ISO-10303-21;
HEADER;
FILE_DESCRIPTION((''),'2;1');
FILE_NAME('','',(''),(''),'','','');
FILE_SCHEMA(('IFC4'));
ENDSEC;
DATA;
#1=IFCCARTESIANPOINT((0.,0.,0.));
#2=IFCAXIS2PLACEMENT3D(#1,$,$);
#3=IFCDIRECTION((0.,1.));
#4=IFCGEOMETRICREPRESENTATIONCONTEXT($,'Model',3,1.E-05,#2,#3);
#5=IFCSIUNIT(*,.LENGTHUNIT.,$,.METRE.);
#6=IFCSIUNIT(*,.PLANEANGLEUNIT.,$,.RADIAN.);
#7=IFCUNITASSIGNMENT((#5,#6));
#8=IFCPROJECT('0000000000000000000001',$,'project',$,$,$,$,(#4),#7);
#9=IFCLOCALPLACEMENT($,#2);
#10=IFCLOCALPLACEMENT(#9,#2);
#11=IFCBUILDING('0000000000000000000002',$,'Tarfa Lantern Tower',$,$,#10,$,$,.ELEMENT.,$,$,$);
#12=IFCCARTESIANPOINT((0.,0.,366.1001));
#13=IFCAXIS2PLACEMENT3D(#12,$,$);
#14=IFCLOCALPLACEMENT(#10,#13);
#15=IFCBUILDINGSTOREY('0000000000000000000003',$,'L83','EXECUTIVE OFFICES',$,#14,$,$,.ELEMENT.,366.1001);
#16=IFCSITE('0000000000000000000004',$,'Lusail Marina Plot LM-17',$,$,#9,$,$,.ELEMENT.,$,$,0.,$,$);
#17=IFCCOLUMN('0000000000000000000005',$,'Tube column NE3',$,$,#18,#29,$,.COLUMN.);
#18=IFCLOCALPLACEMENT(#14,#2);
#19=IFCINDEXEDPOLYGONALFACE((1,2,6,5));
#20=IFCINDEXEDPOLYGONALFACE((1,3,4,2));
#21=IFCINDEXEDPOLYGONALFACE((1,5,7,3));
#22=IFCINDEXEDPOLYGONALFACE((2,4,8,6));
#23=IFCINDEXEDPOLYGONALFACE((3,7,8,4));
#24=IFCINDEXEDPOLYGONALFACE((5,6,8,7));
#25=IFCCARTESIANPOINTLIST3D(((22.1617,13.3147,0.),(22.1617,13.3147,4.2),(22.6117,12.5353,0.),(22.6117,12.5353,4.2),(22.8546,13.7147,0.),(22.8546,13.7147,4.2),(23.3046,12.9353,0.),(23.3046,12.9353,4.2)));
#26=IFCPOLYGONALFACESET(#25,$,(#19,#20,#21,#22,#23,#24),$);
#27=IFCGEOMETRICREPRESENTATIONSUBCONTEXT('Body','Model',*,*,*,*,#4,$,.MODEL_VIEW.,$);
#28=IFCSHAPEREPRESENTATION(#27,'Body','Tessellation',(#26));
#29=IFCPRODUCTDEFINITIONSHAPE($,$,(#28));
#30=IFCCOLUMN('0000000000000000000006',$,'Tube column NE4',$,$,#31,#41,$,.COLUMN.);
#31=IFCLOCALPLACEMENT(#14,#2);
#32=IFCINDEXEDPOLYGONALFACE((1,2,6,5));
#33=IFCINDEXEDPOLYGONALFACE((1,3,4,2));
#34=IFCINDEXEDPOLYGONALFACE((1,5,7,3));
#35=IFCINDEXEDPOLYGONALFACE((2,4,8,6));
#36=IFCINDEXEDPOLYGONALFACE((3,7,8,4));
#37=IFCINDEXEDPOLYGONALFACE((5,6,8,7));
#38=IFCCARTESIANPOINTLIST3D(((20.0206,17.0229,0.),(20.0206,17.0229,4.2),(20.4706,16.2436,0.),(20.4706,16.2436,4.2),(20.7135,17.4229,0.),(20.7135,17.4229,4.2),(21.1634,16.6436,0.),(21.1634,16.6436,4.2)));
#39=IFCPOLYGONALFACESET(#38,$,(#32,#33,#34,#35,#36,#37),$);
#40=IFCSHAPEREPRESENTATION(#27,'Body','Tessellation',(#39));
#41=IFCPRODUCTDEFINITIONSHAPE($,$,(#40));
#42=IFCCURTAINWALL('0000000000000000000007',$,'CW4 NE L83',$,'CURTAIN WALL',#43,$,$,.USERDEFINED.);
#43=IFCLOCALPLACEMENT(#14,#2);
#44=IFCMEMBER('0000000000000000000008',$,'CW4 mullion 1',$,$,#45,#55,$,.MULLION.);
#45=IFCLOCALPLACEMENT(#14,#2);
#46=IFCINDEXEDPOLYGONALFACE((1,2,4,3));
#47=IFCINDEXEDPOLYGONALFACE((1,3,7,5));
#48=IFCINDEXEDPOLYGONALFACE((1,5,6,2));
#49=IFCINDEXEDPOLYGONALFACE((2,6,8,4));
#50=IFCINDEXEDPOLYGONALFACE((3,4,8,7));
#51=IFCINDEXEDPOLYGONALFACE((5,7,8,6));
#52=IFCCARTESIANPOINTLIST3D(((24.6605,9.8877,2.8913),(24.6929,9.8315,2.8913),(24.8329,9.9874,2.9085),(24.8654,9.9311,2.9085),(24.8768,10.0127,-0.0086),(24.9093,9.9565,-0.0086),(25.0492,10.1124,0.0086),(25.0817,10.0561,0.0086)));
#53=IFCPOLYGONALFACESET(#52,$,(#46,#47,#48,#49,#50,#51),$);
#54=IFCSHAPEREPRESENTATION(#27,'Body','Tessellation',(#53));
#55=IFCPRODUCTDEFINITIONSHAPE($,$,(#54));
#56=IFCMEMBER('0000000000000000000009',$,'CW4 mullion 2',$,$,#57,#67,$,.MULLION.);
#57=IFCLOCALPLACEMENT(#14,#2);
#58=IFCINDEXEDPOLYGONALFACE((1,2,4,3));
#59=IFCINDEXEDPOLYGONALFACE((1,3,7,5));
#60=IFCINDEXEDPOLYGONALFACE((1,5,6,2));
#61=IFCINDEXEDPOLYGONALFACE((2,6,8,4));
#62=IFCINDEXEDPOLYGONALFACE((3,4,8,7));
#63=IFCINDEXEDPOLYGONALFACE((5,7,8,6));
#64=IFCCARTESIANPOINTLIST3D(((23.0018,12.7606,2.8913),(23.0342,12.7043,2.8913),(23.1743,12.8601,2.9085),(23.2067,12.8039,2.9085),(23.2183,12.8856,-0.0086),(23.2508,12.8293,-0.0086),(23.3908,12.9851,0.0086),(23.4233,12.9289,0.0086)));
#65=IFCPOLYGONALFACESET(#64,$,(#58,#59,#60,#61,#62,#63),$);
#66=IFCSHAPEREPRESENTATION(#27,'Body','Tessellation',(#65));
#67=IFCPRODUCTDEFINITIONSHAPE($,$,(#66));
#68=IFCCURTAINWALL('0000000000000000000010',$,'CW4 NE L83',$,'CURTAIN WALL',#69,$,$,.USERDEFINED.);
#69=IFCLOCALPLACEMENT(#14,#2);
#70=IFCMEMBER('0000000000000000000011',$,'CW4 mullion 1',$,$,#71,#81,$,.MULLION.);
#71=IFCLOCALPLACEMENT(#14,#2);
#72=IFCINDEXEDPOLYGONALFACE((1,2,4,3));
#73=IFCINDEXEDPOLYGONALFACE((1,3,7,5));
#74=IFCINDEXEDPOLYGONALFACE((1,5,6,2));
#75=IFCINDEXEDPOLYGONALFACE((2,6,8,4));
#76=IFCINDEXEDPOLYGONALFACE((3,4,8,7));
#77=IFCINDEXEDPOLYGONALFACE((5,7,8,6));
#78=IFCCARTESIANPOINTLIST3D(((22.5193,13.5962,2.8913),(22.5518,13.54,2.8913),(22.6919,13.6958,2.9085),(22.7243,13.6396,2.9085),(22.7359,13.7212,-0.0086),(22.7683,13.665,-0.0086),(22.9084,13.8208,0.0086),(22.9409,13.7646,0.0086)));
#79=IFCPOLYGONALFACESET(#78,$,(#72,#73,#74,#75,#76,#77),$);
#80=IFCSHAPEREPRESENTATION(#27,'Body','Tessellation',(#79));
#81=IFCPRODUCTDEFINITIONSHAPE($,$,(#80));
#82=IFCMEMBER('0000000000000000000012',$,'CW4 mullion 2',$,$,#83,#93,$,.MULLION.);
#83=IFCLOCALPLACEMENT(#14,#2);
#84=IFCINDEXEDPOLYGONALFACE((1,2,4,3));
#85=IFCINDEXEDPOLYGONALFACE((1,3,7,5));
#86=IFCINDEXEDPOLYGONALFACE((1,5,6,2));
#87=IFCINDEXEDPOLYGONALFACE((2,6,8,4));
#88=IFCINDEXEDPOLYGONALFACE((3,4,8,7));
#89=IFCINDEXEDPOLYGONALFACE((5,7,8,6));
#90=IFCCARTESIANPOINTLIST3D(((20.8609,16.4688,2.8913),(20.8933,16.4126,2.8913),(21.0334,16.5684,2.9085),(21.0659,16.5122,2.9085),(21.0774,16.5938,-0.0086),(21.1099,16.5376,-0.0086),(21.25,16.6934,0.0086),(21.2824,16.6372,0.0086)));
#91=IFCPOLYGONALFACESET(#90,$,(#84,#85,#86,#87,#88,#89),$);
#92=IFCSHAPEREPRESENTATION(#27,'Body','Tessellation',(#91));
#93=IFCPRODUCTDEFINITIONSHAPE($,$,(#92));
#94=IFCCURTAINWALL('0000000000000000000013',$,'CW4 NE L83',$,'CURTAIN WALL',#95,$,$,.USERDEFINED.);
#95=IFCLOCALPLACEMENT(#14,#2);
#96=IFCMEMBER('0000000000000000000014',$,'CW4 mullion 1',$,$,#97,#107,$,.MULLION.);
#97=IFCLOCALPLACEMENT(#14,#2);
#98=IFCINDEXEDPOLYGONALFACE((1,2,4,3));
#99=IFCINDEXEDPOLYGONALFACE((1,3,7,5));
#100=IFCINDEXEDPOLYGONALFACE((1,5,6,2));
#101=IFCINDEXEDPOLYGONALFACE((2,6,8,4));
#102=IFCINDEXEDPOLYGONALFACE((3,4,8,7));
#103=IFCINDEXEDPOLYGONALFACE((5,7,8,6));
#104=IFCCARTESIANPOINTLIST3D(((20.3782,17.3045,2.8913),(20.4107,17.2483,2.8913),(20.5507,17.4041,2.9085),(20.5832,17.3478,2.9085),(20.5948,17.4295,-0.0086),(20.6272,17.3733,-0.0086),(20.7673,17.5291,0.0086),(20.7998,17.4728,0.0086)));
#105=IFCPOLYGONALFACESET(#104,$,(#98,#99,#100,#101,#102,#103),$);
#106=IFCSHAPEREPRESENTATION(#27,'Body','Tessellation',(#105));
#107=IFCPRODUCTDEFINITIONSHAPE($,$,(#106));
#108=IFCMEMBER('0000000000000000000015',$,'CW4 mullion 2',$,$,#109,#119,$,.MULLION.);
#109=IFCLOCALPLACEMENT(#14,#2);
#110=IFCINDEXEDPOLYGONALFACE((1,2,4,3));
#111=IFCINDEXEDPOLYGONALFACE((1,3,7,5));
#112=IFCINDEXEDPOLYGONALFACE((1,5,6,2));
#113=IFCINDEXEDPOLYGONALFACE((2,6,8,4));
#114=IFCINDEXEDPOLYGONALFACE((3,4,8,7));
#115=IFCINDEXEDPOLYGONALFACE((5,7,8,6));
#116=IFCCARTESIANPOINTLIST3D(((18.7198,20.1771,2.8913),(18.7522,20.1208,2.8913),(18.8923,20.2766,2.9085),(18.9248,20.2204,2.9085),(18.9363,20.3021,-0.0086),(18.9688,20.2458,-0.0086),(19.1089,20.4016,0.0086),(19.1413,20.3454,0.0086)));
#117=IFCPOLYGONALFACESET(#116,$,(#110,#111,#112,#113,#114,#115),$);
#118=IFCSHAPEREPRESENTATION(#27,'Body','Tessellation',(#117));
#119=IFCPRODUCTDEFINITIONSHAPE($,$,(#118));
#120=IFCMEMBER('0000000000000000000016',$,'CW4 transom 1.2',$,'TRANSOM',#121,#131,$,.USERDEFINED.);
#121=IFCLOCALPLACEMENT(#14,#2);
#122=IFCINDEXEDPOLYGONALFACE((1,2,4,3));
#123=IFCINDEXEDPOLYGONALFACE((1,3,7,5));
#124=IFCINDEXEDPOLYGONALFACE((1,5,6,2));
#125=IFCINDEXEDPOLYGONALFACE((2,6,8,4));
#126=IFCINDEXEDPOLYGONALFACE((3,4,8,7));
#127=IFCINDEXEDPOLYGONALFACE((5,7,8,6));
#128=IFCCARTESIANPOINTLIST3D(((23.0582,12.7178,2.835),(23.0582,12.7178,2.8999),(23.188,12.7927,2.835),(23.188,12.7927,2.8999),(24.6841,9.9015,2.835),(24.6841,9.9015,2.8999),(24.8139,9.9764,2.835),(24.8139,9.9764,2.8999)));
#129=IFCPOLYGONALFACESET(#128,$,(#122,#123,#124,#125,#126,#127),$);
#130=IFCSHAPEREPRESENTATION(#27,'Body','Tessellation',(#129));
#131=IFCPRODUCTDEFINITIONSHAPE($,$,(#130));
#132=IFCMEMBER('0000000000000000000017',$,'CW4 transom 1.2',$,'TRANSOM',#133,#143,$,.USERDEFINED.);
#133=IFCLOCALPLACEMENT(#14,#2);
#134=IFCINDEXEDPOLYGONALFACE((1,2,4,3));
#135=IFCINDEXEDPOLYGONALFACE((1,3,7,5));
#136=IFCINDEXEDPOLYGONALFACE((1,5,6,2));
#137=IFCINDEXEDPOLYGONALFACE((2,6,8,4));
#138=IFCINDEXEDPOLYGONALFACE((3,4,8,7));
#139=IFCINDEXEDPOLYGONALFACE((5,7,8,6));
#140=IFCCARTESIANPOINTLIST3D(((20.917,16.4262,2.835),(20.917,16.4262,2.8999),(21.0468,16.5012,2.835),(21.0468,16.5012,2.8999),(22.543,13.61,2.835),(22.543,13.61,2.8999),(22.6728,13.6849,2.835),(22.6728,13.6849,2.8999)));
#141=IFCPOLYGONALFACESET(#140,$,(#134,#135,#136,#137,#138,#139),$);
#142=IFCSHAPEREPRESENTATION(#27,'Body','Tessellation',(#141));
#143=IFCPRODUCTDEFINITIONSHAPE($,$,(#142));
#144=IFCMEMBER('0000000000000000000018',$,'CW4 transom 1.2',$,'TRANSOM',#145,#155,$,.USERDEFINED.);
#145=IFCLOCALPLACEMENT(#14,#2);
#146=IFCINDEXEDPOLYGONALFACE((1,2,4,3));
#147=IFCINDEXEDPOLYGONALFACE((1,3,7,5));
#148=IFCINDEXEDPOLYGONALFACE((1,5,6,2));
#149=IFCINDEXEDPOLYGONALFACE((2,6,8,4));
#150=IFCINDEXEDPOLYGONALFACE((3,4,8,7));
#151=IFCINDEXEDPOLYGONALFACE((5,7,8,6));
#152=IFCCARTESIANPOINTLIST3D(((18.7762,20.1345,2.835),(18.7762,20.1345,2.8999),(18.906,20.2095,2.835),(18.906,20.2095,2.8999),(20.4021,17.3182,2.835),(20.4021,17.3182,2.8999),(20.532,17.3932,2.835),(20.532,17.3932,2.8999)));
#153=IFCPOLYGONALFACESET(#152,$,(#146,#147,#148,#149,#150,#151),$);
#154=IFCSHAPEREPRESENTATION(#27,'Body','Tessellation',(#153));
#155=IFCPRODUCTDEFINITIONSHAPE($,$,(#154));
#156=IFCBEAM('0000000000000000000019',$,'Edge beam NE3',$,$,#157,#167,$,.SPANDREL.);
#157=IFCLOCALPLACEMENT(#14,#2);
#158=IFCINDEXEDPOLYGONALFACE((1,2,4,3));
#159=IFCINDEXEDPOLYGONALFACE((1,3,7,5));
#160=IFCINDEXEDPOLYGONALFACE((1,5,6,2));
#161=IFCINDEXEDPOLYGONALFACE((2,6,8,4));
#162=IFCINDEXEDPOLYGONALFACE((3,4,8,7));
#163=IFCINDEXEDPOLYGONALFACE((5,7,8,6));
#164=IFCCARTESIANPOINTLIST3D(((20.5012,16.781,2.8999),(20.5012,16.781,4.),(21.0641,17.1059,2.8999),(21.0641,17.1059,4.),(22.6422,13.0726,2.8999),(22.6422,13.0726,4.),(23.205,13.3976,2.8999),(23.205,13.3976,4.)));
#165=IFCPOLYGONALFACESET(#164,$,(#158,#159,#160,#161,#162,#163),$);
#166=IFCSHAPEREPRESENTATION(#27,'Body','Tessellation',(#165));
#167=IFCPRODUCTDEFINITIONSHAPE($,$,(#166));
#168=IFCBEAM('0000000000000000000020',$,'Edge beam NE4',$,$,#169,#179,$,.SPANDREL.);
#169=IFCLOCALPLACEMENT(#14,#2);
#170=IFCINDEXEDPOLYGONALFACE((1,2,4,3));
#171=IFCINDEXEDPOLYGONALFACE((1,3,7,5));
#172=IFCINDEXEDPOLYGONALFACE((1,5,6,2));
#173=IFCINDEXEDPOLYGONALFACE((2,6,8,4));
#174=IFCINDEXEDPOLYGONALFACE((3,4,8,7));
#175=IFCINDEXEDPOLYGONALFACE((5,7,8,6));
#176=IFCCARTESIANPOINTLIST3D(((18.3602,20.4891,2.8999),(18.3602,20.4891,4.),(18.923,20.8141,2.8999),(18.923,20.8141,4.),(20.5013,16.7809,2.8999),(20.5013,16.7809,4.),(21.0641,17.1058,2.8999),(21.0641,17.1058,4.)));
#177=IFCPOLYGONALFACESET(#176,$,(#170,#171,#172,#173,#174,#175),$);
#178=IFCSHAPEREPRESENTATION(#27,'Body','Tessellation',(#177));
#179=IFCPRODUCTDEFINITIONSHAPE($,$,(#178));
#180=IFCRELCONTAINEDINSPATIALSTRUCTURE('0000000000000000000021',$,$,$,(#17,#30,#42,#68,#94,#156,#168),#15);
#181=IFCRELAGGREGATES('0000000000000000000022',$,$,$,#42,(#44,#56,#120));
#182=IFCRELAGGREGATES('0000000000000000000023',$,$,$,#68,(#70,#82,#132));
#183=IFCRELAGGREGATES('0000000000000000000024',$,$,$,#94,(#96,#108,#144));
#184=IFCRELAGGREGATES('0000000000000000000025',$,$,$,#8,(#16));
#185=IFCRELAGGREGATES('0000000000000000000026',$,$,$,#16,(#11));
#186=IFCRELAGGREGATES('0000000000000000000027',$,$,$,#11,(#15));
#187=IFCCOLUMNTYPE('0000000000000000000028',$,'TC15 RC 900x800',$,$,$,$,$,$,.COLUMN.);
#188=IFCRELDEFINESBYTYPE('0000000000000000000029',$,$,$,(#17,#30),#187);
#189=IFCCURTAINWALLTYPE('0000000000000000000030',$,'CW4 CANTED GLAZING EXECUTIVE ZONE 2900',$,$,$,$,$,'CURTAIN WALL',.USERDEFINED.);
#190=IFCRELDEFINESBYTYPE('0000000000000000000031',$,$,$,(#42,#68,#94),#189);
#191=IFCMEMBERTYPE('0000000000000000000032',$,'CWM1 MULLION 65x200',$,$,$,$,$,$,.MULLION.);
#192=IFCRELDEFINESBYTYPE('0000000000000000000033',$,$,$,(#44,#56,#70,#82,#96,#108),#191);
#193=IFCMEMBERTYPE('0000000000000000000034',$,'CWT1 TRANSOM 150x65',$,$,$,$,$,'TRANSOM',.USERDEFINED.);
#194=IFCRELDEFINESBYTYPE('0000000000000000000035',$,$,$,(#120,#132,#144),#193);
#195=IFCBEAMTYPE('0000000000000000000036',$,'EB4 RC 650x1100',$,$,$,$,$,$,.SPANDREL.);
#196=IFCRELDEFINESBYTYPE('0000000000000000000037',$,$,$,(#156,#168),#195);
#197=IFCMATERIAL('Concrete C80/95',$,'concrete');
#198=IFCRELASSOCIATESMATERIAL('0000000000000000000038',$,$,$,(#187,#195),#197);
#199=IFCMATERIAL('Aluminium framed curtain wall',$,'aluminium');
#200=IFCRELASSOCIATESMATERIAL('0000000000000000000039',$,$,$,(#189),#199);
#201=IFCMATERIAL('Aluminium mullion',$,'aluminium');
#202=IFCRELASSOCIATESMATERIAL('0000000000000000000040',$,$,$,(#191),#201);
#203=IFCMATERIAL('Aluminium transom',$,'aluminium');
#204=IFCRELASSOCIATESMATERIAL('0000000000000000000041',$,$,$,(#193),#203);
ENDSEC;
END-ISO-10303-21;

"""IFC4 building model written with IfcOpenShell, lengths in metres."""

from ifc_helpers import new_model, si_unit, direction, frame, origin, origin_2d, place, context, subcontext, project, spatial, rectangle, extrude, material, material_profile, profile_set, type_object, element, aggregate, save


model = new_model("IFC4")

# Units and contexts
model_context = context("Model", 3, precision=1e-05, world=origin(), true_north=direction((0.0, 1.0)))
body_context = subcontext(model_context, "Body", "Model", "MODEL_VIEW")
ifc_project = project(units=[si_unit("LENGTHUNIT", "METRE"), si_unit("PLANEANGLEUNIT", "RADIAN")], contexts=[model_context])

# Site, building, storey
site_placement = place(None, origin())
site = spatial("IfcSite", under=ifc_project, at=site_placement, Name="Lusail Marina Plot LM-17", CompositionType="ELEMENT", RefElevation=0.0)
building_placement = place(site_placement, origin())
building = spatial("IfcBuilding", under=site, at=building_placement, Name="Tarfa Lantern Tower", CompositionType="ELEMENT")
storey_placement = place(building_placement, frame((0.0, 0.0, 366.1001)))
storey = spatial("IfcBuildingStorey", under=building, at=storey_placement, Name="L83", Description="EXECUTIVE OFFICES", CompositionType="ELEMENT", Elevation=366.1001)

# Columns
ifc_material_1 = material(Name="Concrete C80/95", Category="concrete")
ifc_material_profile_1 = material_profile(ifc_material_1, rectangle(XDim=0.8999, YDim=0.8, at=origin_2d()), Name="RC 900x800")
ifc_profile_set_1 = profile_set([ifc_material_profile_1], Name="Concrete C80/95")
column_type = type_object("IfcColumnType", Name="TC15 RC 900x800", PredefinedType="COLUMN", material=ifc_profile_set_1)
for number, where, z_axis, x_axis, name in (
    (1, (22.7332, 13.125, 0.0), (0.0, 0.0, 1.0), (-0.5, 0.866025, 0.0), "Tube column NE3"),
    (2, (20.592, 16.8333, 0.0), (0.0, 0.0, 1.0), (-0.5, 0.866025, 0.0), "Tube column NE4"),
):
    element("IfcColumn", number, at=place(storey_placement, frame(where, z_axis=z_axis, x_axis=x_axis)), inside=storey, type_object=column_type, Name=name, PredefinedType="COLUMN", context=body_context, shape_type="SweptSolid", body=[
        extrude(rectangle(XDim=0.8999, YDim=0.8, at=origin_2d()), origin(), (0.0, 0.0, 1.0), 4.2),
    ])

# Curtain walls, members
ifc_material_2 = material(Name="Aluminium framed curtain wall", Category="aluminium")
curtain_wall_type = type_object("IfcCurtainWallType", Name="CW4 CANTED GLAZING EXECUTIVE ZONE 2900", ElementType="CURTAIN WALL", PredefinedType="USERDEFINED", material=ifc_material_2)
curtain_wall_1_placement = place(storey_placement, origin())
curtain_wall_1 = element("IfcCurtainWall", 3, at=curtain_wall_1_placement, inside=storey, type_object=curtain_wall_type, Name="CW4 NE L83", ObjectType="CURTAIN WALL", PredefinedType="USERDEFINED")
ifc_material_3 = material(Name="Aluminium mullion", Category="aluminium")
ifc_material_profile_2 = material_profile(ifc_material_3, rectangle(XDim=0.0649, YDim=0.2, at=origin_2d()), Name="AL MULLION 65x200")
ifc_profile_set_2 = profile_set([ifc_material_profile_2], Name="Aluminium mullion")
member_type_1 = type_object("IfcMemberType", Name="CWM1 MULLION 65x200", PredefinedType="MULLION", material=ifc_profile_set_2)
member_1_placement = place(storey_placement, frame((24.9792, 10.0344, 0.0), z_axis=(-0.074316, -0.042946, 0.99631), x_axis=(0.500343, -0.865827, 0.0)))
member_1 = element("IfcMember", 4, at=member_1_placement, type_object=member_type_1, Name="CW4 mullion 1", PredefinedType="MULLION", context=body_context, shape_type="SweptSolid", body=[
    extrude(rectangle(XDim=0.0649, YDim=0.2, at=origin_2d()), origin(), (0.0, 0.0, 1.0), 2.9106),
])
member_2_placement = place(storey_placement, frame((23.3208, 12.9072, 0.0), z_axis=(-0.0744, -0.042946, 0.996303), x_axis=(0.49992, -0.866072, 0.0)))
member_2 = element("IfcMember", 5, at=member_2_placement, type_object=member_type_1, Name="CW4 mullion 2", PredefinedType="MULLION", context=body_context, shape_type="SweptSolid", body=[
    extrude(rectangle(XDim=0.0649, YDim=0.2, at=origin_2d()), origin(), (0.0, 0.0, 1.0), 2.9106),
])
curtain_wall_2_placement = place(storey_placement, origin())
curtain_wall_2 = element("IfcCurtainWall", 6, at=curtain_wall_2_placement, inside=storey, type_object=curtain_wall_type, Name="CW4 NE L83", ObjectType="CURTAIN WALL", PredefinedType="USERDEFINED")
member_3_placement = place(storey_placement, frame((22.8384, 13.7429, 0.0), z_axis=(-0.0744, -0.042946, 0.996303), x_axis=(0.49992, -0.866072, 0.0)))
member_3 = element("IfcMember", 7, at=member_3_placement, type_object=member_type_1, Name="CW4 mullion 1", PredefinedType="MULLION", context=body_context, shape_type="SweptSolid", body=[
    extrude(rectangle(XDim=0.0649, YDim=0.2, at=origin_2d()), origin(), (0.0, 0.0, 1.0), 2.9106),
])
member_4_placement = place(storey_placement, frame((21.1799, 16.6155, 0.0), z_axis=(-0.0744, -0.042946, 0.996303), x_axis=(0.49992, -0.866072, 0.0)))
member_4 = element("IfcMember", 8, at=member_4_placement, type_object=member_type_1, Name="CW4 mullion 2", PredefinedType="MULLION", context=body_context, shape_type="SweptSolid", body=[
    extrude(rectangle(XDim=0.0649, YDim=0.2, at=origin_2d()), origin(), (0.0, 0.0, 1.0), 2.9106),
])
curtain_wall_3_placement = place(storey_placement, origin())
curtain_wall_3 = element("IfcCurtainWall", 9, at=curtain_wall_3_placement, inside=storey, type_object=curtain_wall_type, Name="CW4 NE L83", ObjectType="CURTAIN WALL", PredefinedType="USERDEFINED")
member_5_placement = place(storey_placement, frame((20.6973, 17.4512, 0.0), z_axis=(-0.0744, -0.042946, 0.996303), x_axis=(0.49992, -0.866072, 0.0)))
member_5 = element("IfcMember", 10, at=member_5_placement, type_object=member_type_1, Name="CW4 mullion 1", PredefinedType="MULLION", context=body_context, shape_type="SweptSolid", body=[
    extrude(rectangle(XDim=0.0649, YDim=0.2, at=origin_2d()), origin(), (0.0, 0.0, 1.0), 2.9106),
])
member_6_placement = place(storey_placement, frame((19.0388, 20.3237, 0.0), z_axis=(-0.0744, -0.042946, 0.996303), x_axis=(0.49992, -0.866072, 0.0)))
member_6 = element("IfcMember", 11, at=member_6_placement, type_object=member_type_1, Name="CW4 mullion 2", PredefinedType="MULLION", context=body_context, shape_type="SweptSolid", body=[
    extrude(rectangle(XDim=0.0649, YDim=0.2, at=origin_2d()), origin(), (0.0, 0.0, 1.0), 2.9106),
])

# Members
ifc_material_4 = material(Name="Aluminium transom", Category="aluminium")
ifc_material_profile_3 = material_profile(ifc_material_4, rectangle(XDim=0.1499, YDim=0.0649, at=origin_2d()), Name="AL TRANSOM 150x65")
ifc_profile_set_3 = profile_set([ifc_material_profile_3], Name="Aluminium transom")
member_type_2 = type_object("IfcMemberType", Name="CWT1 TRANSOM 150x65", ElementType="TRANSOM", PredefinedType="USERDEFINED", material=ifc_profile_set_3)
member_7_placement = place(storey_placement, frame((24.749, 9.939, 2.8674), z_axis=(-0.499982, 0.866036, 0.0), x_axis=(-0.866036, -0.499982, 0.0)))
member_7 = element("IfcMember", 12, at=member_7_placement, type_object=member_type_2, Name="CW4 transom 1.2", ObjectType="TRANSOM", PredefinedType="USERDEFINED", context=body_context, shape_type="SweptSolid", body=[
    extrude(rectangle(XDim=0.1499, YDim=0.0649, at=origin_2d()), origin(), (0.0, 0.0, 1.0), 3.252),
])
member_8_placement = place(storey_placement, frame((22.6079, 13.6475, 2.8674), z_axis=(-0.500015, 0.866017, 0.0), x_axis=(-0.866017, -0.500015, 0.0)))
member_8 = element("IfcMember", 13, at=member_8_placement, type_object=member_type_2, Name="CW4 transom 1.2", ObjectType="TRANSOM", PredefinedType="USERDEFINED", context=body_context, shape_type="SweptSolid", body=[
    extrude(rectangle(XDim=0.1499, YDim=0.0649, at=origin_2d()), origin(), (0.0, 0.0, 1.0), 3.252),
])
member_9_placement = place(storey_placement, frame((20.467, 17.3557, 2.8674), z_axis=(-0.499982, 0.866036, 0.0), x_axis=(-0.866036, -0.499982, 0.0)))
member_9 = element("IfcMember", 14, at=member_9_placement, type_object=member_type_2, Name="CW4 transom 1.2", ObjectType="TRANSOM", PredefinedType="USERDEFINED", context=body_context, shape_type="SweptSolid", body=[
    extrude(rectangle(XDim=0.1499, YDim=0.0649, at=origin_2d()), origin(), (0.0, 0.0, 1.0), 3.252),
])

# Beams
ifc_material_profile_4 = material_profile(ifc_material_1, rectangle(XDim=0.6499, YDim=1.1001, at=origin_2d()), Name="RC 650x1100")
ifc_profile_set_4 = profile_set([ifc_material_profile_4], Name="Concrete C80/95")
beam_type_1 = type_object("IfcBeamType", Name="EB4 RC 650x1100", PredefinedType="SPANDREL", material=ifc_profile_set_4)
for number, where, z_axis, x_axis, name in (
    (15, (22.9236, 13.2351, 3.45), (-0.499984, 0.866035, 0.0), (-0.866035, -0.499984, 0.0), "Edge beam NE3"),
    (16, (20.7827, 16.9434, 3.45), (-0.500027, 0.86601, 0.0), (-0.86601, -0.500027, 0.0), "Edge beam NE4"),
):
    element("IfcBeam", number, at=place(storey_placement, frame(where, z_axis=z_axis, x_axis=x_axis)), inside=storey, type_object=beam_type_1, Name=name, PredefinedType="SPANDREL", context=body_context, shape_type="SweptSolid", body=[
        extrude(rectangle(XDim=0.6499, YDim=1.1001, at=origin_2d()), origin(), (0.0, 0.0, 1.0), 4.282),
    ])

aggregate(curtain_wall_1, [member_1, member_2, member_7])
aggregate(curtain_wall_2, [member_3, member_4, member_8])
aggregate(curtain_wall_3, [member_5, member_6, member_9])

save(model, "model.ifc")
